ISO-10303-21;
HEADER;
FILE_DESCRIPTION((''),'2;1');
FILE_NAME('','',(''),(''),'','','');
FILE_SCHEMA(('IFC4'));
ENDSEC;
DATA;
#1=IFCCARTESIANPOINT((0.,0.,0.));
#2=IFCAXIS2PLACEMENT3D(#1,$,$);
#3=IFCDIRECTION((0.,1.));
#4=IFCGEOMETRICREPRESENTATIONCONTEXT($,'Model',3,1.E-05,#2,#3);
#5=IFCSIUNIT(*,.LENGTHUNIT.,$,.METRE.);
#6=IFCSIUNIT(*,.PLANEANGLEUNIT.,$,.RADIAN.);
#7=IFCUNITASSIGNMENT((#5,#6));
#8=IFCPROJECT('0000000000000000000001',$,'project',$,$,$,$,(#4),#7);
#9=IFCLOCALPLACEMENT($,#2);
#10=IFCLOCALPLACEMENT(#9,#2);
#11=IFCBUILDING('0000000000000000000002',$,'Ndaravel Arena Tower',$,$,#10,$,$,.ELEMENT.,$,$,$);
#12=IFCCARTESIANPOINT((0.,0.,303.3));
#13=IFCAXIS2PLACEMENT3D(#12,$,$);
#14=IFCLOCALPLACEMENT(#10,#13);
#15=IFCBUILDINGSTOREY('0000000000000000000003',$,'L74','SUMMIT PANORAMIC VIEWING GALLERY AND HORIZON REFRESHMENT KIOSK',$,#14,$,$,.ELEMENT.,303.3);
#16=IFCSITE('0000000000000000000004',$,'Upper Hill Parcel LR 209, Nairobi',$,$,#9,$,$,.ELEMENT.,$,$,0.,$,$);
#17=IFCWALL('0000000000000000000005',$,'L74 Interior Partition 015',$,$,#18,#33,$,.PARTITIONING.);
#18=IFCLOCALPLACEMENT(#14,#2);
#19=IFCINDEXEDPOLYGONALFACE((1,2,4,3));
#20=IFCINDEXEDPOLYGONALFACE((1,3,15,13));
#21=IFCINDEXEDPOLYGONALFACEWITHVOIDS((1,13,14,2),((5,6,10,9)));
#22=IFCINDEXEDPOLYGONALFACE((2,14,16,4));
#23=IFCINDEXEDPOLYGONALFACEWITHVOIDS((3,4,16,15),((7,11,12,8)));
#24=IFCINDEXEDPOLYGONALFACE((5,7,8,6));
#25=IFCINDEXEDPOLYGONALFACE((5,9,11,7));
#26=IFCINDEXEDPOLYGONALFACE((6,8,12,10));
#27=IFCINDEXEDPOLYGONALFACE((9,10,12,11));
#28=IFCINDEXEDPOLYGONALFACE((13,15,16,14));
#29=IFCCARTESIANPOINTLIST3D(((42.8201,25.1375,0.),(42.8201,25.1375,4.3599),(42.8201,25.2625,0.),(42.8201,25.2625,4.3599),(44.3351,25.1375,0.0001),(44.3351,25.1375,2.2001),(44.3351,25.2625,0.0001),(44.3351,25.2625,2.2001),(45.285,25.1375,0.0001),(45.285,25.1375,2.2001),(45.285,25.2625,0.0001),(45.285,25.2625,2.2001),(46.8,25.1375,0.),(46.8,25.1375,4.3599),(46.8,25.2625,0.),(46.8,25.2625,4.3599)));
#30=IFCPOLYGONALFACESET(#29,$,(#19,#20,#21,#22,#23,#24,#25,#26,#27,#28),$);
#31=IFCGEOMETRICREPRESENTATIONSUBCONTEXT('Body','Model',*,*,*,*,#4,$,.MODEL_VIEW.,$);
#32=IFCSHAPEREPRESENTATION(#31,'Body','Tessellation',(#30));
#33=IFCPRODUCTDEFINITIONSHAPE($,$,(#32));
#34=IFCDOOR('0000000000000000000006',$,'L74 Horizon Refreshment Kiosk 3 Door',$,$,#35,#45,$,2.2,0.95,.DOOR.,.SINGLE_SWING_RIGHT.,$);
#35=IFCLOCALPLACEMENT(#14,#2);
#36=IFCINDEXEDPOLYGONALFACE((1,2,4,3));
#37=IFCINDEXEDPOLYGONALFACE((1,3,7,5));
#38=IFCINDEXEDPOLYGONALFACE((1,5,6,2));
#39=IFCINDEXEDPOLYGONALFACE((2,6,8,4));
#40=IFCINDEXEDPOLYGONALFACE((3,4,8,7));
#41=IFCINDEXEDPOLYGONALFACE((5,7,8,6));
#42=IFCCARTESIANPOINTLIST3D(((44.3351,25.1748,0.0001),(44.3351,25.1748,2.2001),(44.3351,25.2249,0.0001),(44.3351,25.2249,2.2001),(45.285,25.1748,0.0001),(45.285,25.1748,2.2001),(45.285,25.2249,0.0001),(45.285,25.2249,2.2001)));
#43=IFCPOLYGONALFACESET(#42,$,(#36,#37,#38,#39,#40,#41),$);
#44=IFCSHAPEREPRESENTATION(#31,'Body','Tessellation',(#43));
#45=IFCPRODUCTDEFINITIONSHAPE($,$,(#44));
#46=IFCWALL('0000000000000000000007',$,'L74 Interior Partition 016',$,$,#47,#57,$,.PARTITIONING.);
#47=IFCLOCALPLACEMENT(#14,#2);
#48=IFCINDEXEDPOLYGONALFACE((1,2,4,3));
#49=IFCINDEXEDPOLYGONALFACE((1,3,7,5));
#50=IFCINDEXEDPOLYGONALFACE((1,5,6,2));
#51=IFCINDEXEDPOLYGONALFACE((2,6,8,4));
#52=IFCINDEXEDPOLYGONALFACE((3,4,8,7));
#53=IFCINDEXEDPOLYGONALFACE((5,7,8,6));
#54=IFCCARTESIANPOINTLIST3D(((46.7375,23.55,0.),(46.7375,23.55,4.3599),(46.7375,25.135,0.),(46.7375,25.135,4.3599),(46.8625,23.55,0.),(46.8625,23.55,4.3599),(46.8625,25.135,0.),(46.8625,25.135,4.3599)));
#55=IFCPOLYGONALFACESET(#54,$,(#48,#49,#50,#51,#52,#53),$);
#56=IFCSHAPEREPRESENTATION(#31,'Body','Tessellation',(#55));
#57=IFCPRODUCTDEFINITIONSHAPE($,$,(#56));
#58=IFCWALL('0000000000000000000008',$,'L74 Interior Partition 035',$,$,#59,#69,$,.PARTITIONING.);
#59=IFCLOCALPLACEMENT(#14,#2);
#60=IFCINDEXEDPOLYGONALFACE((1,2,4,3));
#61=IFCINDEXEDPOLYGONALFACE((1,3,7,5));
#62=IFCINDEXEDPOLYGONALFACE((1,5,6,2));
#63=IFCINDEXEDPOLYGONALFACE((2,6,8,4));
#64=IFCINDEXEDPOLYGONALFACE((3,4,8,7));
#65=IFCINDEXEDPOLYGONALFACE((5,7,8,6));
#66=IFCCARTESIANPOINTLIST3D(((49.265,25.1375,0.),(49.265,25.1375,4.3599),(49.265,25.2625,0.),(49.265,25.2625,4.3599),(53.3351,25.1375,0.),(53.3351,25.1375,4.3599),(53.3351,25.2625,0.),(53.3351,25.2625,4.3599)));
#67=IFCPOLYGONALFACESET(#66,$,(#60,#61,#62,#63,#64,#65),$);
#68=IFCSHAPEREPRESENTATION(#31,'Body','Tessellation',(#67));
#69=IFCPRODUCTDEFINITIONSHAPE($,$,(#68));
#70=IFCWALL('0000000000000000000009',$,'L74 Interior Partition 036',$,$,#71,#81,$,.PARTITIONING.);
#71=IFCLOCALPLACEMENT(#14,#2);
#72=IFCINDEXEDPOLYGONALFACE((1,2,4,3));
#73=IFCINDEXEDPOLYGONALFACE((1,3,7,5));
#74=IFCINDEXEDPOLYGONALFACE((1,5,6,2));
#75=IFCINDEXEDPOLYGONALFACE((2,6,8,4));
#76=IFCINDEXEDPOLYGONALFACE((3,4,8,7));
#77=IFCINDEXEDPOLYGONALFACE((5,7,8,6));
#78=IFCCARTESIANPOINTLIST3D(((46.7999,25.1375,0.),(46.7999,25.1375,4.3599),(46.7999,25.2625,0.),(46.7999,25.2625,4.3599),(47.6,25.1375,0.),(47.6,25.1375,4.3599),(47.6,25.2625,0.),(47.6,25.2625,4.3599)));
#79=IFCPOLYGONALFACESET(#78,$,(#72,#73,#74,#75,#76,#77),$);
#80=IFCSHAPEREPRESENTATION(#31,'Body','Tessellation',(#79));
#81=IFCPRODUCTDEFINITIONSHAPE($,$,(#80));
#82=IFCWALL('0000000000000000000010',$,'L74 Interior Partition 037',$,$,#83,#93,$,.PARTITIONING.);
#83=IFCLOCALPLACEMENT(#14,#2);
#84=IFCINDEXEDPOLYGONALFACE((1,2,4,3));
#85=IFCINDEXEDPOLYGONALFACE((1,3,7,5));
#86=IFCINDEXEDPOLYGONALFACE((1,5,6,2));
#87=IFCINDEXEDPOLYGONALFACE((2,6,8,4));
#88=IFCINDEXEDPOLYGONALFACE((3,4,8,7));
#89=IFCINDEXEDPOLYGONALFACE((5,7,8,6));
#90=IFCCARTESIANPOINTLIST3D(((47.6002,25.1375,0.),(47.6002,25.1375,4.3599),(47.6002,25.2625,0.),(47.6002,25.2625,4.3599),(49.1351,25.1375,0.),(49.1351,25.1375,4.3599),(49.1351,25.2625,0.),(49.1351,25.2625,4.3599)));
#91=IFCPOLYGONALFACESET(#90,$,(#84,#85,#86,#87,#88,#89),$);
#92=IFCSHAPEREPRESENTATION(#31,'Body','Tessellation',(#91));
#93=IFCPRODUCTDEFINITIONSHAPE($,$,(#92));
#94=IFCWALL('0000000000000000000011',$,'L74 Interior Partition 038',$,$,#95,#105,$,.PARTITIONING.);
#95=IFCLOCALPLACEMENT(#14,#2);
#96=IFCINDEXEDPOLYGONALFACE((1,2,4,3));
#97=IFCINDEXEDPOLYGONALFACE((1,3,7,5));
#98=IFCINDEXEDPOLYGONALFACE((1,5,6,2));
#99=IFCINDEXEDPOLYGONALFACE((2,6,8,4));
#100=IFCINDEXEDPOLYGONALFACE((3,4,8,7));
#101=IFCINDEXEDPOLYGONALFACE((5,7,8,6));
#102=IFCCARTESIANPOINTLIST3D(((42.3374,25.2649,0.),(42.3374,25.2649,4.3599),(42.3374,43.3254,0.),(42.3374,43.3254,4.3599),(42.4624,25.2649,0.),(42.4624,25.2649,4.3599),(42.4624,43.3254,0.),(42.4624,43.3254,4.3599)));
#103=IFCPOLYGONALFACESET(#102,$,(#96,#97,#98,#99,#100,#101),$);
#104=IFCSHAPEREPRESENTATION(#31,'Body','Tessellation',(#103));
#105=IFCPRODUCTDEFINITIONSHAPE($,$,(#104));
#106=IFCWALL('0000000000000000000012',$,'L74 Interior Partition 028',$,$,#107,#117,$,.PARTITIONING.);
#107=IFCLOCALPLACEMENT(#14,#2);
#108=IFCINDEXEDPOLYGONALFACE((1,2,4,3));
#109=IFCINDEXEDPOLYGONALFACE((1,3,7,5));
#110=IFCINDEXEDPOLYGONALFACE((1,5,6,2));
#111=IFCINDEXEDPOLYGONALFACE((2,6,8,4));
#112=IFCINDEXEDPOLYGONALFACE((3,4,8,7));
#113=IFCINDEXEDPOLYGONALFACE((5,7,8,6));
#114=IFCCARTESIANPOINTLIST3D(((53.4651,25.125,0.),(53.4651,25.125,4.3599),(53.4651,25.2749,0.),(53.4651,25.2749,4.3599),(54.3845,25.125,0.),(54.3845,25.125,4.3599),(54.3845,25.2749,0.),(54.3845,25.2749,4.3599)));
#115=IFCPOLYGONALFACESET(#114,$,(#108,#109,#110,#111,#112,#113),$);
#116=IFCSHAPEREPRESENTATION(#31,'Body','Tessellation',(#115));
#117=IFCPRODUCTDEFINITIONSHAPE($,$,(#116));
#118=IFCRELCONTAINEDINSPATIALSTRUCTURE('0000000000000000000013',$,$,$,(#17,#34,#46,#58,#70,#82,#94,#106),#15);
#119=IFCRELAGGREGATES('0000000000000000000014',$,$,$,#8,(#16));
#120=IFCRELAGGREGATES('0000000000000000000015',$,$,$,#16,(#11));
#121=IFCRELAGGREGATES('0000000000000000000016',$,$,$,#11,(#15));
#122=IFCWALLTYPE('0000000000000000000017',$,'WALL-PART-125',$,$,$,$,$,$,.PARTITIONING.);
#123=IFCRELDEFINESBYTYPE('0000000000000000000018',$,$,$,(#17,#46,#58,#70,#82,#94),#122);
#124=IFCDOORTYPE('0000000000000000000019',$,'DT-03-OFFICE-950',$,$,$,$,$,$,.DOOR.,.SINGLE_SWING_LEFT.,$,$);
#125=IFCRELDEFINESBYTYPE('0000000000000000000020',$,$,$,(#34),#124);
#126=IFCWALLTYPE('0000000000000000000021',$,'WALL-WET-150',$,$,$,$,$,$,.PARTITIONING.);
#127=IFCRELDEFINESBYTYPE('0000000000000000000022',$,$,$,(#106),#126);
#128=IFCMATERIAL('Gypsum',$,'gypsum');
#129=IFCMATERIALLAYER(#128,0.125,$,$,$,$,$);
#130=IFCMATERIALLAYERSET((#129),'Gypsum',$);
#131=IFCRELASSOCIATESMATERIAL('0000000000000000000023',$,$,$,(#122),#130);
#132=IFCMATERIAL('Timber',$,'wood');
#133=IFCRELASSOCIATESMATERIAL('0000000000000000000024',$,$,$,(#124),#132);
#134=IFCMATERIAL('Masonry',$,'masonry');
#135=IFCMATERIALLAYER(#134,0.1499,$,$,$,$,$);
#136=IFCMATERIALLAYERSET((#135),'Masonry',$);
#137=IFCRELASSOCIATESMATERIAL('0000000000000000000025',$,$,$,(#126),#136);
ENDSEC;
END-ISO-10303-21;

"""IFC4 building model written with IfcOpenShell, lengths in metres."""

from ifc_helpers import new_model, si_unit, direction, frame, frame_2d, origin, place, context, subcontext, project, spatial, rectangle, extrude, material, layer, layer_set, type_object, element, fill, save


model = new_model("IFC4")

# Units and contexts
model_context = context("Model", 3, precision=1e-05, world=origin(), true_north=direction((0.0, 1.0)))
body_context = subcontext(model_context, "Body", "Model", "MODEL_VIEW")
ifc_project = project(units=[si_unit("LENGTHUNIT", "METRE"), si_unit("PLANEANGLEUNIT", "RADIAN")], contexts=[model_context])

# Site, building, storey
site_placement = place(None, origin())
site = spatial("IfcSite", under=ifc_project, at=site_placement, Name="Upper Hill Parcel LR 209, Nairobi", CompositionType="ELEMENT", RefElevation=0.0)
building_placement = place(site_placement, origin())
building = spatial("IfcBuilding", under=site, at=building_placement, Name="Ndaravel Arena Tower", CompositionType="ELEMENT")
storey_placement = place(building_placement, frame((0.0, 0.0, 303.3)))
storey = spatial("IfcBuildingStorey", under=building, at=storey_placement, Name="L74", Description="SUMMIT PANORAMIC VIEWING GALLERY AND HORIZON REFRESHMENT KIOSK", CompositionType="ELEMENT", Elevation=303.3)

# Wall, opening, door
ifc_material_1 = material(Name="Gypsum", Category="gypsum")
ifc_layer_1 = layer(ifc_material_1, 0.125)
ifc_layer_set_1 = layer_set([ifc_layer_1], Name="Gypsum")
wall_type_1 = type_object("IfcWallType", Name="WALL-PART-125", PredefinedType="PARTITIONING", material=ifc_layer_set_1)
wall_1_placement = place(storey_placement, frame((42.8201, 25.2, 0.0), z_axis=(0.0, 0.0, 1.0), x_axis=(1.0, 0.0, 0.0)))
wall_1 = element("IfcWall", 1, at=wall_1_placement, inside=storey, type_object=wall_type_1, Name="L74 Interior Partition 015", PredefinedType="PARTITIONING", context=body_context, shape_type="SweptSolid", body=[
    extrude(rectangle(XDim=3.98, YDim=0.125, at=frame_2d((1.99, 0.0))), origin(), (0.0, 0.0, 1.0), 4.3599),
])
opening_placement = place(wall_1_placement, frame((1.5149, 0.0, 0.0)))
opening = element("IfcOpeningElement", 2, at=opening_placement, cuts=wall_1, PredefinedType="OPENING", context=body_context, shape_type="SweptSolid", body=[
    extrude(rectangle(XDim=0.95, YDim=2.2, at=frame_2d((0.4751, 1.1001))), frame((0.0, 0.0625, 0.0), z_axis=(0.0, -1.0, 0.0), x_axis=(1.0, 0.0, 0.0)), (0.0, 0.0, 1.0), 0.125),
])
ifc_material_2 = material(Name="Timber", Category="wood")
door_type = type_object("IfcDoorType", Name="DT-03-OFFICE-950", OperationType="SINGLE_SWING_LEFT", PredefinedType="DOOR", material=ifc_material_2)
door_placement = place(opening_placement, origin())
door = element("IfcDoor", 3, at=door_placement, inside=storey, type_object=door_type, Name="L74 Horizon Refreshment Kiosk 3 Door", OperationType="SINGLE_SWING_RIGHT", OverallHeight=2.2, OverallWidth=0.95, PredefinedType="DOOR", context=body_context, shape_type="SweptSolid", body=[
    extrude(rectangle(XDim=0.95, YDim=2.2, at=frame_2d((0.4751, 1.1001))), frame((0.0, 0.0249, 0.0), z_axis=(0.0, -1.0, 0.0), x_axis=(1.0, 0.0, 0.0)), (0.0, 0.0, 1.0), 0.05),
])
fill(opening, door)

# Walls
wall_2_placement = place(storey_placement, frame((46.8, 25.135, 0.0), z_axis=(0.0, 0.0, 1.0), x_axis=(0.0, -1.0, 0.0)))
element("IfcWall", 4, at=wall_2_placement, inside=storey, type_object=wall_type_1, Name="L74 Interior Partition 016", PredefinedType="PARTITIONING", context=body_context, shape_type="SweptSolid", body=[
    extrude(rectangle(XDim=1.585, YDim=0.125, at=frame_2d((0.7925, 0.0))), origin(), (0.0, 0.0, 1.0), 4.3599),
])
wall_3_placement = place(storey_placement, frame((49.2649, 25.2, 0.0), z_axis=(0.0, 0.0, 1.0), x_axis=(1.0, 0.0, 0.0)))
element("IfcWall", 5, at=wall_3_placement, inside=storey, type_object=wall_type_1, Name="L74 Interior Partition 035", PredefinedType="PARTITIONING", context=body_context, shape_type="SweptSolid", body=[
    extrude(rectangle(XDim=4.0701, YDim=0.125, at=frame_2d((2.0352, 0.0))), origin(), (0.0, 0.0, 1.0), 4.3599),
])
wall_4_placement = place(storey_placement, frame((46.8, 25.2, 0.0), z_axis=(0.0, 0.0, 1.0), x_axis=(1.0, 0.0, 0.0)))
element("IfcWall", 6, at=wall_4_placement, inside=storey, type_object=wall_type_1, Name="L74 Interior Partition 036", PredefinedType="PARTITIONING", context=body_context, shape_type="SweptSolid", body=[
    extrude(rectangle(XDim=0.8, YDim=0.125, at=frame_2d((0.3999, 0.0))), origin(), (0.0, 0.0, 1.0), 4.3599),
])
wall_5_placement = place(storey_placement, frame((47.6001, 25.2, 0.0), z_axis=(0.0, 0.0, 1.0), x_axis=(1.0, 0.0, 0.0)))
element("IfcWall", 7, at=wall_5_placement, inside=storey, type_object=wall_type_1, Name="L74 Interior Partition 037", PredefinedType="PARTITIONING", context=body_context, shape_type="SweptSolid", body=[
    extrude(rectangle(XDim=1.5349, YDim=0.125, at=frame_2d((0.7676, 0.0))), origin(), (0.0, 0.0, 1.0), 4.3599),
])
wall_6_placement = place(storey_placement, frame((42.3999, 25.2649, 0.0), z_axis=(0.0, 0.0, 1.0), x_axis=(0.0, 1.0, 0.0)))
element("IfcWall", 8, at=wall_6_placement, inside=storey, type_object=wall_type_1, Name="L74 Interior Partition 038", PredefinedType="PARTITIONING", context=body_context, shape_type="SweptSolid", body=[
    extrude(rectangle(XDim=18.0605, YDim=0.125, at=frame_2d((9.0303, 0.0))), origin(), (0.0, 0.0, 1.0), 4.3599),
])
ifc_material_3 = material(Name="Masonry", Category="masonry")
ifc_layer_2 = layer(ifc_material_3, 0.1499)
ifc_layer_set_2 = layer_set([ifc_layer_2], Name="Masonry")
wall_type_2 = type_object("IfcWallType", Name="WALL-WET-150", PredefinedType="PARTITIONING", material=ifc_layer_set_2)
wall_7_placement = place(storey_placement, frame((53.4651, 25.2, 0.0), z_axis=(0.0, 0.0, 1.0), x_axis=(1.0, 0.0, 0.0)))
element("IfcWall", 9, at=wall_7_placement, inside=storey, type_object=wall_type_2, Name="L74 Interior Partition 028", PredefinedType="PARTITIONING", context=body_context, shape_type="SweptSolid", body=[
    extrude(rectangle(XDim=0.9194, YDim=0.1499, at=frame_2d((0.4597, 0.0))), origin(), (0.0, 0.0, 1.0), 4.3599),
])

save(model, "model.ifc")
